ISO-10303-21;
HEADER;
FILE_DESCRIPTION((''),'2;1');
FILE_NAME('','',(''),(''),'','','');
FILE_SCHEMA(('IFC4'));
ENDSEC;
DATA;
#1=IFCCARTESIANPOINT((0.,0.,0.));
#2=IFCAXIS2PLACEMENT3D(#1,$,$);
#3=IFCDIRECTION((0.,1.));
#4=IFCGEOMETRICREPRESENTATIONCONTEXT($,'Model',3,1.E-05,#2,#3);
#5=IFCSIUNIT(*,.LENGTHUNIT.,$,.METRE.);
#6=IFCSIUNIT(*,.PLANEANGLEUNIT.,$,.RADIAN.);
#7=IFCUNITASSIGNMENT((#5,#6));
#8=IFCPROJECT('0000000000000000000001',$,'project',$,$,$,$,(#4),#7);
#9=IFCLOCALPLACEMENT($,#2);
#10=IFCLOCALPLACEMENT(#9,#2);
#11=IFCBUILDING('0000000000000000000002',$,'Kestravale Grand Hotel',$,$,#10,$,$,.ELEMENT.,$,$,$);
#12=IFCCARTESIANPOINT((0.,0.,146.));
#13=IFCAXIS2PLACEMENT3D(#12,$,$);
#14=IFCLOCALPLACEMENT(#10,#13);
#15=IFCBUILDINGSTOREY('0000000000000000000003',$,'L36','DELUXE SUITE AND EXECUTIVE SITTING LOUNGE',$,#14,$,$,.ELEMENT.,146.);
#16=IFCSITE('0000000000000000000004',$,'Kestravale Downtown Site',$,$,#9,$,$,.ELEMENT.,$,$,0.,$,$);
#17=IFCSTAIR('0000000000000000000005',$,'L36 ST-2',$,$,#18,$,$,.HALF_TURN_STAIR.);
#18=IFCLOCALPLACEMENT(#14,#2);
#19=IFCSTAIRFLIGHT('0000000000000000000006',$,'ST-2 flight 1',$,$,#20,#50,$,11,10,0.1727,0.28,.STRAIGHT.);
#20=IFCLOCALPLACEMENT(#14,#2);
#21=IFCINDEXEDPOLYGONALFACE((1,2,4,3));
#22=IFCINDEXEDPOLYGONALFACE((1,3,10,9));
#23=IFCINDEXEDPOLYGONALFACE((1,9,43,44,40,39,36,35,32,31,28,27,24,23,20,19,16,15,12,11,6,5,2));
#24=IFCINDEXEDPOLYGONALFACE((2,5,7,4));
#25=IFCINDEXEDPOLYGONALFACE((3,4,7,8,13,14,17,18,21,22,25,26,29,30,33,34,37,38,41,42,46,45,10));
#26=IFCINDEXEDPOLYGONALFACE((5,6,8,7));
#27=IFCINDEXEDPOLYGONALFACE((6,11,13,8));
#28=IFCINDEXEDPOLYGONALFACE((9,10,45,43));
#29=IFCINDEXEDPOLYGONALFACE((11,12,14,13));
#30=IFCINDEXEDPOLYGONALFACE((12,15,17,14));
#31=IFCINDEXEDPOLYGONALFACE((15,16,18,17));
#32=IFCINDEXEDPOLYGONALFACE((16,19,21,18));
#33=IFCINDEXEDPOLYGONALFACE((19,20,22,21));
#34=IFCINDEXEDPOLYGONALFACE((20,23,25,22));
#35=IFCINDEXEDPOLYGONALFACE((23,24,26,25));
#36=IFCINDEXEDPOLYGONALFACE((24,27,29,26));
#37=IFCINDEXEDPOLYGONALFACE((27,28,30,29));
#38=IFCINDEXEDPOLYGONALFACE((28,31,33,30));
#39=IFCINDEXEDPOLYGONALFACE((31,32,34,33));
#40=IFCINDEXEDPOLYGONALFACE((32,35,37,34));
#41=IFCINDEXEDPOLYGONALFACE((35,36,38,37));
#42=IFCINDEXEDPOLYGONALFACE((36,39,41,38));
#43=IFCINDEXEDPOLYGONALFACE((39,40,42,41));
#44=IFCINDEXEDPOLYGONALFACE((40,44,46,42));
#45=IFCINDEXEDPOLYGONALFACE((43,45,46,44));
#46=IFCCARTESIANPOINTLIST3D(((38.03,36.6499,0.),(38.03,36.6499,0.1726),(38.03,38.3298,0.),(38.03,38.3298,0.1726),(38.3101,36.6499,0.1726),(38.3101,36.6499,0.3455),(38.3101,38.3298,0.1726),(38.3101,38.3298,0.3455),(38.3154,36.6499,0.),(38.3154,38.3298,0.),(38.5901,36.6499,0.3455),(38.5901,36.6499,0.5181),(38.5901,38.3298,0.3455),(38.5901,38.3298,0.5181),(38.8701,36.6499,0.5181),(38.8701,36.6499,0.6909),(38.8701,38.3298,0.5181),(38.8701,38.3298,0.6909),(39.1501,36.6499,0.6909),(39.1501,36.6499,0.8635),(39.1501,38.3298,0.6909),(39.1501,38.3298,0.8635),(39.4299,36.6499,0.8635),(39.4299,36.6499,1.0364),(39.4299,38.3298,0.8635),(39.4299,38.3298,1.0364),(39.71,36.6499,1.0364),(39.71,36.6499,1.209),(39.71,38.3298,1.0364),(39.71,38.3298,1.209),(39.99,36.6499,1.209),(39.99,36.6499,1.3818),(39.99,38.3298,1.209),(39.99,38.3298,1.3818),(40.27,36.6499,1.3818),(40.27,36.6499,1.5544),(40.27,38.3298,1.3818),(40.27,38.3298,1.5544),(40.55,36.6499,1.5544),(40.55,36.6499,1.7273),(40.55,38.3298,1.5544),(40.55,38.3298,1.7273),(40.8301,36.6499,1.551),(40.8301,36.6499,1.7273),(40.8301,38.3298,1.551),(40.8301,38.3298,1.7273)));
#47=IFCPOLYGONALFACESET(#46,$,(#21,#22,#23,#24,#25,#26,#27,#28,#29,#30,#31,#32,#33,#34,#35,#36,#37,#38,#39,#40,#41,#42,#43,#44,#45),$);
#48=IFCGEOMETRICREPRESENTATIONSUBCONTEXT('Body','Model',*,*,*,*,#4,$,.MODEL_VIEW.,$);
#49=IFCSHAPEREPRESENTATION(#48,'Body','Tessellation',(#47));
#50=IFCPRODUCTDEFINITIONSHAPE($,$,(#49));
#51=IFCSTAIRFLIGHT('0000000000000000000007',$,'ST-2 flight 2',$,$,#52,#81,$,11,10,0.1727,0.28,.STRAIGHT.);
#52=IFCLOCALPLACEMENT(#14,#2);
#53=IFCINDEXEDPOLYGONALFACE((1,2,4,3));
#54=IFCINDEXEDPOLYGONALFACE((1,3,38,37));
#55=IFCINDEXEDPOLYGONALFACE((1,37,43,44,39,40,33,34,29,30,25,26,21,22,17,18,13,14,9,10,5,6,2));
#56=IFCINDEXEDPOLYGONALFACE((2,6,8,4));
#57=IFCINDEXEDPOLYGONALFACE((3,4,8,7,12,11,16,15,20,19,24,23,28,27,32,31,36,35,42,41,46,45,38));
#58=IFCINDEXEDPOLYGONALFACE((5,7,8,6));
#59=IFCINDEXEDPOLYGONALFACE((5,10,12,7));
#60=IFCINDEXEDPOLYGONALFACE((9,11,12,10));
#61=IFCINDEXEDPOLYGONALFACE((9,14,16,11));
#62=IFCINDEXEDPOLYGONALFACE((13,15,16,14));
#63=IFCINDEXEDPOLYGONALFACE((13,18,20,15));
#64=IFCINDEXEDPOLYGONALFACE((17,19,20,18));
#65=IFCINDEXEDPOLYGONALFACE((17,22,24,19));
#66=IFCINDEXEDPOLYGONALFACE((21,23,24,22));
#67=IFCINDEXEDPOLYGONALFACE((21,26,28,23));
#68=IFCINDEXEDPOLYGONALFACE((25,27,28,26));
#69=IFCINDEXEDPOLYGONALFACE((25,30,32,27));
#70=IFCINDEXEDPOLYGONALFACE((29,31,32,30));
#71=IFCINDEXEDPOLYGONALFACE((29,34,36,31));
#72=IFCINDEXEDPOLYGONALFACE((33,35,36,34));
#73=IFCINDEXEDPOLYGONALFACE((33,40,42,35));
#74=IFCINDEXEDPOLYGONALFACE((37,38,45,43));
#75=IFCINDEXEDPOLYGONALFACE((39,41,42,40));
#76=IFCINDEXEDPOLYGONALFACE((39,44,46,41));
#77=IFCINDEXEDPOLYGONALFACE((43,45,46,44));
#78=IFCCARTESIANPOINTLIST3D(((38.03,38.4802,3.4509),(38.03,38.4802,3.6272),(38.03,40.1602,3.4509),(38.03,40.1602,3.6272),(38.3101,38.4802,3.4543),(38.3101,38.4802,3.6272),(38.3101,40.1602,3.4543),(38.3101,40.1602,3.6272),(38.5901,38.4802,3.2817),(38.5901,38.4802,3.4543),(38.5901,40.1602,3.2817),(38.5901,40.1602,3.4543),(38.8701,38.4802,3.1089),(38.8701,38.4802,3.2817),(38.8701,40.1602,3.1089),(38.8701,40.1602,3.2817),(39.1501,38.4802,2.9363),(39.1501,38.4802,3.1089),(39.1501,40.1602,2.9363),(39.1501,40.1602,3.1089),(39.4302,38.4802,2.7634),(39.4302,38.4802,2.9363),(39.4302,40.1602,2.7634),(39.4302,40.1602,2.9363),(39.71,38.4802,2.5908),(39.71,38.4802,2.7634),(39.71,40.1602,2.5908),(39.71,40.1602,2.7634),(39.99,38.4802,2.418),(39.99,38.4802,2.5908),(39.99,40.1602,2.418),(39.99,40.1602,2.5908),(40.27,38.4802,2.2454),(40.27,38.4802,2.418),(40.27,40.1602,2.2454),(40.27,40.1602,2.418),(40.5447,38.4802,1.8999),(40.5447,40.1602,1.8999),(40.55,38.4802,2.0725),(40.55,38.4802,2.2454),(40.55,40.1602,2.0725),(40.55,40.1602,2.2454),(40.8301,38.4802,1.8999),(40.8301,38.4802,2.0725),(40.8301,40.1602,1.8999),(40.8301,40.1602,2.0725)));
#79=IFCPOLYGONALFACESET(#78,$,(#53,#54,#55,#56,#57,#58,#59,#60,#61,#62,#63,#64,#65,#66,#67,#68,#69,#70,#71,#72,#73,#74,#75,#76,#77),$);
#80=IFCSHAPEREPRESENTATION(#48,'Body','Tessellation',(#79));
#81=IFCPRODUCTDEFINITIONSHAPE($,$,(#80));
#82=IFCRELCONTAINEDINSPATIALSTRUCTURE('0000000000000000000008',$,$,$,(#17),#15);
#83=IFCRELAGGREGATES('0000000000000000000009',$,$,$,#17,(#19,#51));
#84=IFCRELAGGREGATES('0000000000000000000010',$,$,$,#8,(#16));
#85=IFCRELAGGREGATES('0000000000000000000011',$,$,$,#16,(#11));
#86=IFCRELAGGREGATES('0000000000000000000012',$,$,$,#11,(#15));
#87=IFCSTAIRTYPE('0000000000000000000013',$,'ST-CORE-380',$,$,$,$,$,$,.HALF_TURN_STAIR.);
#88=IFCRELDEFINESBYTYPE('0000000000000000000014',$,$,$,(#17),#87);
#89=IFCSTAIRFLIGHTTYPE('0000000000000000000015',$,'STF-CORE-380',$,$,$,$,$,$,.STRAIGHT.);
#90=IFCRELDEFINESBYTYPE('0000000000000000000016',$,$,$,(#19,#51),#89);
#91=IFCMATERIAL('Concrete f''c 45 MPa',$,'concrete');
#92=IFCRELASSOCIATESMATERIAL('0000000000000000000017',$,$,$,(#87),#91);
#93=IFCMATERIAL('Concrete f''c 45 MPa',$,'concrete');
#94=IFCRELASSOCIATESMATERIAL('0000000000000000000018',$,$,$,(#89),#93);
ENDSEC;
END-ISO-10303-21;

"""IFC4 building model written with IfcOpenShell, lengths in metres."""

from ifc_helpers import new_model, si_unit, direction, frame, origin, place, context, subcontext, project, spatial, polyline, outline, extrude, material, type_object, element, aggregate, save


model = new_model("IFC4")

# Units and contexts
model_context = context("Model", 3, precision=1e-05, world=origin(), true_north=direction((0.0, 1.0)))
body_context = subcontext(model_context, "Body", "Model", "MODEL_VIEW")
ifc_project = project(units=[si_unit("LENGTHUNIT", "METRE"), si_unit("PLANEANGLEUNIT", "RADIAN")], contexts=[model_context])

# Site, building, storey
site_placement = place(None, origin())
site = spatial("IfcSite", under=ifc_project, at=site_placement, Name="Kestravale Downtown Site", CompositionType="ELEMENT", RefElevation=0.0)
building_placement = place(site_placement, origin())
building = spatial("IfcBuilding", under=site, at=building_placement, Name="Kestravale Grand Hotel", CompositionType="ELEMENT")
storey_placement = place(building_placement, frame((0.0, 0.0, 146.0)))
storey = spatial("IfcBuildingStorey", under=building, at=storey_placement, Name="L36", Description="DELUXE SUITE AND EXECUTIVE SITTING LOUNGE", CompositionType="ELEMENT", Elevation=146.0)

# Stair, stair flights
ifc_material_1 = material(Name="Concrete f'c 45 MPa", Category="concrete")
stair_type = type_object("IfcStairType", Name="ST-CORE-380", PredefinedType="HALF_TURN_STAIR", material=ifc_material_1)
stair_placement = place(storey_placement, origin())
stair = element("IfcStair", 1, at=stair_placement, inside=storey, type_object=stair_type, Name="L36 ST-2", PredefinedType="HALF_TURN_STAIR")
ifc_material_2 = material(Name="Concrete f'c 45 MPa", Category="concrete")
stair_flight_type = type_object("IfcStairFlightType", Name="STF-CORE-380", PredefinedType="STRAIGHT", material=ifc_material_2)
stair_flight_1_placement = place(storey_placement, frame((38.03, 37.49, 0.0), z_axis=(0.0, 0.0, 1.0), x_axis=(1.0, 0.0, 0.0)))
stair_flight_1 = element("IfcStairFlight", 2, at=stair_flight_1_placement, type_object=stair_flight_type, Name="ST-2 flight 1", NumberOfRisers=11, NumberOfTreads=10, PredefinedType="STRAIGHT", RiserHeight=0.1727, TreadLength=0.28, context=body_context, shape_type="SweptSolid", body=[
    extrude(outline(polyline([(0.0, 0.0), (0.0, 0.1726), (0.28, 0.1726), (0.28, 0.3455), (0.5601, 0.3455), (0.5601, 0.5181), (0.8401, 0.5181), (0.8401, 0.6909), (1.1201, 0.6909), (1.1201, 0.8635), (1.3999, 0.8635), (1.3999, 1.0364), (1.6799, 1.0364), (1.6799, 1.209), (1.96, 1.209), (1.96, 1.3818), (2.24, 1.3818), (2.24, 1.5544), (2.52, 1.5544), (2.52, 1.7273), (2.8, 1.7273), (2.8, 1.8999), (2.8, 1.551), (0.2854, 0.0), (0.0, 0.0)])), frame((0.0, 0.8398, 0.0), z_axis=(0.0, -1.0, 0.0), x_axis=(1.0, 0.0, 0.0)), (0.0, 0.0, 1.0), 1.6799),
])
stair_flight_2_placement = place(storey_placement, frame((40.8301, 39.3201, 1.8999), z_axis=(0.0, 0.0, 1.0), x_axis=(-1.0, 0.0, 0.0)))
stair_flight_2 = element("IfcStairFlight", 3, at=stair_flight_2_placement, type_object=stair_flight_type, Name="ST-2 flight 2", NumberOfRisers=11, NumberOfTreads=10, PredefinedType="STRAIGHT", RiserHeight=0.1727, TreadLength=0.28, context=body_context, shape_type="SweptSolid", body=[
    extrude(outline(polyline([(0.0, 0.0), (0.0, 0.1726), (0.28, 0.1726), (0.28, 0.3455), (0.5601, 0.3455), (0.5601, 0.5181), (0.8401, 0.5181), (0.8401, 0.6909), (1.1201, 0.6909), (1.1201, 0.8635), (1.3999, 0.8635), (1.3999, 1.0364), (1.6799, 1.0364), (1.6799, 1.209), (1.96, 1.209), (1.96, 1.3818), (2.24, 1.3818), (2.24, 1.5544), (2.52, 1.5544), (2.52, 1.7273), (2.8, 1.7273), (2.8, 1.8999), (2.8, 1.551), (0.2854, 0.0), (0.0, 0.0)])), frame((0.0, 0.8398, 0.0), z_axis=(0.0, -1.0, 0.0), x_axis=(1.0, 0.0, 0.0)), (0.0, 0.0, 1.0), 1.6799),
])
aggregate(stair, [stair_flight_1, stair_flight_2])

save(model, "model.ifc")
